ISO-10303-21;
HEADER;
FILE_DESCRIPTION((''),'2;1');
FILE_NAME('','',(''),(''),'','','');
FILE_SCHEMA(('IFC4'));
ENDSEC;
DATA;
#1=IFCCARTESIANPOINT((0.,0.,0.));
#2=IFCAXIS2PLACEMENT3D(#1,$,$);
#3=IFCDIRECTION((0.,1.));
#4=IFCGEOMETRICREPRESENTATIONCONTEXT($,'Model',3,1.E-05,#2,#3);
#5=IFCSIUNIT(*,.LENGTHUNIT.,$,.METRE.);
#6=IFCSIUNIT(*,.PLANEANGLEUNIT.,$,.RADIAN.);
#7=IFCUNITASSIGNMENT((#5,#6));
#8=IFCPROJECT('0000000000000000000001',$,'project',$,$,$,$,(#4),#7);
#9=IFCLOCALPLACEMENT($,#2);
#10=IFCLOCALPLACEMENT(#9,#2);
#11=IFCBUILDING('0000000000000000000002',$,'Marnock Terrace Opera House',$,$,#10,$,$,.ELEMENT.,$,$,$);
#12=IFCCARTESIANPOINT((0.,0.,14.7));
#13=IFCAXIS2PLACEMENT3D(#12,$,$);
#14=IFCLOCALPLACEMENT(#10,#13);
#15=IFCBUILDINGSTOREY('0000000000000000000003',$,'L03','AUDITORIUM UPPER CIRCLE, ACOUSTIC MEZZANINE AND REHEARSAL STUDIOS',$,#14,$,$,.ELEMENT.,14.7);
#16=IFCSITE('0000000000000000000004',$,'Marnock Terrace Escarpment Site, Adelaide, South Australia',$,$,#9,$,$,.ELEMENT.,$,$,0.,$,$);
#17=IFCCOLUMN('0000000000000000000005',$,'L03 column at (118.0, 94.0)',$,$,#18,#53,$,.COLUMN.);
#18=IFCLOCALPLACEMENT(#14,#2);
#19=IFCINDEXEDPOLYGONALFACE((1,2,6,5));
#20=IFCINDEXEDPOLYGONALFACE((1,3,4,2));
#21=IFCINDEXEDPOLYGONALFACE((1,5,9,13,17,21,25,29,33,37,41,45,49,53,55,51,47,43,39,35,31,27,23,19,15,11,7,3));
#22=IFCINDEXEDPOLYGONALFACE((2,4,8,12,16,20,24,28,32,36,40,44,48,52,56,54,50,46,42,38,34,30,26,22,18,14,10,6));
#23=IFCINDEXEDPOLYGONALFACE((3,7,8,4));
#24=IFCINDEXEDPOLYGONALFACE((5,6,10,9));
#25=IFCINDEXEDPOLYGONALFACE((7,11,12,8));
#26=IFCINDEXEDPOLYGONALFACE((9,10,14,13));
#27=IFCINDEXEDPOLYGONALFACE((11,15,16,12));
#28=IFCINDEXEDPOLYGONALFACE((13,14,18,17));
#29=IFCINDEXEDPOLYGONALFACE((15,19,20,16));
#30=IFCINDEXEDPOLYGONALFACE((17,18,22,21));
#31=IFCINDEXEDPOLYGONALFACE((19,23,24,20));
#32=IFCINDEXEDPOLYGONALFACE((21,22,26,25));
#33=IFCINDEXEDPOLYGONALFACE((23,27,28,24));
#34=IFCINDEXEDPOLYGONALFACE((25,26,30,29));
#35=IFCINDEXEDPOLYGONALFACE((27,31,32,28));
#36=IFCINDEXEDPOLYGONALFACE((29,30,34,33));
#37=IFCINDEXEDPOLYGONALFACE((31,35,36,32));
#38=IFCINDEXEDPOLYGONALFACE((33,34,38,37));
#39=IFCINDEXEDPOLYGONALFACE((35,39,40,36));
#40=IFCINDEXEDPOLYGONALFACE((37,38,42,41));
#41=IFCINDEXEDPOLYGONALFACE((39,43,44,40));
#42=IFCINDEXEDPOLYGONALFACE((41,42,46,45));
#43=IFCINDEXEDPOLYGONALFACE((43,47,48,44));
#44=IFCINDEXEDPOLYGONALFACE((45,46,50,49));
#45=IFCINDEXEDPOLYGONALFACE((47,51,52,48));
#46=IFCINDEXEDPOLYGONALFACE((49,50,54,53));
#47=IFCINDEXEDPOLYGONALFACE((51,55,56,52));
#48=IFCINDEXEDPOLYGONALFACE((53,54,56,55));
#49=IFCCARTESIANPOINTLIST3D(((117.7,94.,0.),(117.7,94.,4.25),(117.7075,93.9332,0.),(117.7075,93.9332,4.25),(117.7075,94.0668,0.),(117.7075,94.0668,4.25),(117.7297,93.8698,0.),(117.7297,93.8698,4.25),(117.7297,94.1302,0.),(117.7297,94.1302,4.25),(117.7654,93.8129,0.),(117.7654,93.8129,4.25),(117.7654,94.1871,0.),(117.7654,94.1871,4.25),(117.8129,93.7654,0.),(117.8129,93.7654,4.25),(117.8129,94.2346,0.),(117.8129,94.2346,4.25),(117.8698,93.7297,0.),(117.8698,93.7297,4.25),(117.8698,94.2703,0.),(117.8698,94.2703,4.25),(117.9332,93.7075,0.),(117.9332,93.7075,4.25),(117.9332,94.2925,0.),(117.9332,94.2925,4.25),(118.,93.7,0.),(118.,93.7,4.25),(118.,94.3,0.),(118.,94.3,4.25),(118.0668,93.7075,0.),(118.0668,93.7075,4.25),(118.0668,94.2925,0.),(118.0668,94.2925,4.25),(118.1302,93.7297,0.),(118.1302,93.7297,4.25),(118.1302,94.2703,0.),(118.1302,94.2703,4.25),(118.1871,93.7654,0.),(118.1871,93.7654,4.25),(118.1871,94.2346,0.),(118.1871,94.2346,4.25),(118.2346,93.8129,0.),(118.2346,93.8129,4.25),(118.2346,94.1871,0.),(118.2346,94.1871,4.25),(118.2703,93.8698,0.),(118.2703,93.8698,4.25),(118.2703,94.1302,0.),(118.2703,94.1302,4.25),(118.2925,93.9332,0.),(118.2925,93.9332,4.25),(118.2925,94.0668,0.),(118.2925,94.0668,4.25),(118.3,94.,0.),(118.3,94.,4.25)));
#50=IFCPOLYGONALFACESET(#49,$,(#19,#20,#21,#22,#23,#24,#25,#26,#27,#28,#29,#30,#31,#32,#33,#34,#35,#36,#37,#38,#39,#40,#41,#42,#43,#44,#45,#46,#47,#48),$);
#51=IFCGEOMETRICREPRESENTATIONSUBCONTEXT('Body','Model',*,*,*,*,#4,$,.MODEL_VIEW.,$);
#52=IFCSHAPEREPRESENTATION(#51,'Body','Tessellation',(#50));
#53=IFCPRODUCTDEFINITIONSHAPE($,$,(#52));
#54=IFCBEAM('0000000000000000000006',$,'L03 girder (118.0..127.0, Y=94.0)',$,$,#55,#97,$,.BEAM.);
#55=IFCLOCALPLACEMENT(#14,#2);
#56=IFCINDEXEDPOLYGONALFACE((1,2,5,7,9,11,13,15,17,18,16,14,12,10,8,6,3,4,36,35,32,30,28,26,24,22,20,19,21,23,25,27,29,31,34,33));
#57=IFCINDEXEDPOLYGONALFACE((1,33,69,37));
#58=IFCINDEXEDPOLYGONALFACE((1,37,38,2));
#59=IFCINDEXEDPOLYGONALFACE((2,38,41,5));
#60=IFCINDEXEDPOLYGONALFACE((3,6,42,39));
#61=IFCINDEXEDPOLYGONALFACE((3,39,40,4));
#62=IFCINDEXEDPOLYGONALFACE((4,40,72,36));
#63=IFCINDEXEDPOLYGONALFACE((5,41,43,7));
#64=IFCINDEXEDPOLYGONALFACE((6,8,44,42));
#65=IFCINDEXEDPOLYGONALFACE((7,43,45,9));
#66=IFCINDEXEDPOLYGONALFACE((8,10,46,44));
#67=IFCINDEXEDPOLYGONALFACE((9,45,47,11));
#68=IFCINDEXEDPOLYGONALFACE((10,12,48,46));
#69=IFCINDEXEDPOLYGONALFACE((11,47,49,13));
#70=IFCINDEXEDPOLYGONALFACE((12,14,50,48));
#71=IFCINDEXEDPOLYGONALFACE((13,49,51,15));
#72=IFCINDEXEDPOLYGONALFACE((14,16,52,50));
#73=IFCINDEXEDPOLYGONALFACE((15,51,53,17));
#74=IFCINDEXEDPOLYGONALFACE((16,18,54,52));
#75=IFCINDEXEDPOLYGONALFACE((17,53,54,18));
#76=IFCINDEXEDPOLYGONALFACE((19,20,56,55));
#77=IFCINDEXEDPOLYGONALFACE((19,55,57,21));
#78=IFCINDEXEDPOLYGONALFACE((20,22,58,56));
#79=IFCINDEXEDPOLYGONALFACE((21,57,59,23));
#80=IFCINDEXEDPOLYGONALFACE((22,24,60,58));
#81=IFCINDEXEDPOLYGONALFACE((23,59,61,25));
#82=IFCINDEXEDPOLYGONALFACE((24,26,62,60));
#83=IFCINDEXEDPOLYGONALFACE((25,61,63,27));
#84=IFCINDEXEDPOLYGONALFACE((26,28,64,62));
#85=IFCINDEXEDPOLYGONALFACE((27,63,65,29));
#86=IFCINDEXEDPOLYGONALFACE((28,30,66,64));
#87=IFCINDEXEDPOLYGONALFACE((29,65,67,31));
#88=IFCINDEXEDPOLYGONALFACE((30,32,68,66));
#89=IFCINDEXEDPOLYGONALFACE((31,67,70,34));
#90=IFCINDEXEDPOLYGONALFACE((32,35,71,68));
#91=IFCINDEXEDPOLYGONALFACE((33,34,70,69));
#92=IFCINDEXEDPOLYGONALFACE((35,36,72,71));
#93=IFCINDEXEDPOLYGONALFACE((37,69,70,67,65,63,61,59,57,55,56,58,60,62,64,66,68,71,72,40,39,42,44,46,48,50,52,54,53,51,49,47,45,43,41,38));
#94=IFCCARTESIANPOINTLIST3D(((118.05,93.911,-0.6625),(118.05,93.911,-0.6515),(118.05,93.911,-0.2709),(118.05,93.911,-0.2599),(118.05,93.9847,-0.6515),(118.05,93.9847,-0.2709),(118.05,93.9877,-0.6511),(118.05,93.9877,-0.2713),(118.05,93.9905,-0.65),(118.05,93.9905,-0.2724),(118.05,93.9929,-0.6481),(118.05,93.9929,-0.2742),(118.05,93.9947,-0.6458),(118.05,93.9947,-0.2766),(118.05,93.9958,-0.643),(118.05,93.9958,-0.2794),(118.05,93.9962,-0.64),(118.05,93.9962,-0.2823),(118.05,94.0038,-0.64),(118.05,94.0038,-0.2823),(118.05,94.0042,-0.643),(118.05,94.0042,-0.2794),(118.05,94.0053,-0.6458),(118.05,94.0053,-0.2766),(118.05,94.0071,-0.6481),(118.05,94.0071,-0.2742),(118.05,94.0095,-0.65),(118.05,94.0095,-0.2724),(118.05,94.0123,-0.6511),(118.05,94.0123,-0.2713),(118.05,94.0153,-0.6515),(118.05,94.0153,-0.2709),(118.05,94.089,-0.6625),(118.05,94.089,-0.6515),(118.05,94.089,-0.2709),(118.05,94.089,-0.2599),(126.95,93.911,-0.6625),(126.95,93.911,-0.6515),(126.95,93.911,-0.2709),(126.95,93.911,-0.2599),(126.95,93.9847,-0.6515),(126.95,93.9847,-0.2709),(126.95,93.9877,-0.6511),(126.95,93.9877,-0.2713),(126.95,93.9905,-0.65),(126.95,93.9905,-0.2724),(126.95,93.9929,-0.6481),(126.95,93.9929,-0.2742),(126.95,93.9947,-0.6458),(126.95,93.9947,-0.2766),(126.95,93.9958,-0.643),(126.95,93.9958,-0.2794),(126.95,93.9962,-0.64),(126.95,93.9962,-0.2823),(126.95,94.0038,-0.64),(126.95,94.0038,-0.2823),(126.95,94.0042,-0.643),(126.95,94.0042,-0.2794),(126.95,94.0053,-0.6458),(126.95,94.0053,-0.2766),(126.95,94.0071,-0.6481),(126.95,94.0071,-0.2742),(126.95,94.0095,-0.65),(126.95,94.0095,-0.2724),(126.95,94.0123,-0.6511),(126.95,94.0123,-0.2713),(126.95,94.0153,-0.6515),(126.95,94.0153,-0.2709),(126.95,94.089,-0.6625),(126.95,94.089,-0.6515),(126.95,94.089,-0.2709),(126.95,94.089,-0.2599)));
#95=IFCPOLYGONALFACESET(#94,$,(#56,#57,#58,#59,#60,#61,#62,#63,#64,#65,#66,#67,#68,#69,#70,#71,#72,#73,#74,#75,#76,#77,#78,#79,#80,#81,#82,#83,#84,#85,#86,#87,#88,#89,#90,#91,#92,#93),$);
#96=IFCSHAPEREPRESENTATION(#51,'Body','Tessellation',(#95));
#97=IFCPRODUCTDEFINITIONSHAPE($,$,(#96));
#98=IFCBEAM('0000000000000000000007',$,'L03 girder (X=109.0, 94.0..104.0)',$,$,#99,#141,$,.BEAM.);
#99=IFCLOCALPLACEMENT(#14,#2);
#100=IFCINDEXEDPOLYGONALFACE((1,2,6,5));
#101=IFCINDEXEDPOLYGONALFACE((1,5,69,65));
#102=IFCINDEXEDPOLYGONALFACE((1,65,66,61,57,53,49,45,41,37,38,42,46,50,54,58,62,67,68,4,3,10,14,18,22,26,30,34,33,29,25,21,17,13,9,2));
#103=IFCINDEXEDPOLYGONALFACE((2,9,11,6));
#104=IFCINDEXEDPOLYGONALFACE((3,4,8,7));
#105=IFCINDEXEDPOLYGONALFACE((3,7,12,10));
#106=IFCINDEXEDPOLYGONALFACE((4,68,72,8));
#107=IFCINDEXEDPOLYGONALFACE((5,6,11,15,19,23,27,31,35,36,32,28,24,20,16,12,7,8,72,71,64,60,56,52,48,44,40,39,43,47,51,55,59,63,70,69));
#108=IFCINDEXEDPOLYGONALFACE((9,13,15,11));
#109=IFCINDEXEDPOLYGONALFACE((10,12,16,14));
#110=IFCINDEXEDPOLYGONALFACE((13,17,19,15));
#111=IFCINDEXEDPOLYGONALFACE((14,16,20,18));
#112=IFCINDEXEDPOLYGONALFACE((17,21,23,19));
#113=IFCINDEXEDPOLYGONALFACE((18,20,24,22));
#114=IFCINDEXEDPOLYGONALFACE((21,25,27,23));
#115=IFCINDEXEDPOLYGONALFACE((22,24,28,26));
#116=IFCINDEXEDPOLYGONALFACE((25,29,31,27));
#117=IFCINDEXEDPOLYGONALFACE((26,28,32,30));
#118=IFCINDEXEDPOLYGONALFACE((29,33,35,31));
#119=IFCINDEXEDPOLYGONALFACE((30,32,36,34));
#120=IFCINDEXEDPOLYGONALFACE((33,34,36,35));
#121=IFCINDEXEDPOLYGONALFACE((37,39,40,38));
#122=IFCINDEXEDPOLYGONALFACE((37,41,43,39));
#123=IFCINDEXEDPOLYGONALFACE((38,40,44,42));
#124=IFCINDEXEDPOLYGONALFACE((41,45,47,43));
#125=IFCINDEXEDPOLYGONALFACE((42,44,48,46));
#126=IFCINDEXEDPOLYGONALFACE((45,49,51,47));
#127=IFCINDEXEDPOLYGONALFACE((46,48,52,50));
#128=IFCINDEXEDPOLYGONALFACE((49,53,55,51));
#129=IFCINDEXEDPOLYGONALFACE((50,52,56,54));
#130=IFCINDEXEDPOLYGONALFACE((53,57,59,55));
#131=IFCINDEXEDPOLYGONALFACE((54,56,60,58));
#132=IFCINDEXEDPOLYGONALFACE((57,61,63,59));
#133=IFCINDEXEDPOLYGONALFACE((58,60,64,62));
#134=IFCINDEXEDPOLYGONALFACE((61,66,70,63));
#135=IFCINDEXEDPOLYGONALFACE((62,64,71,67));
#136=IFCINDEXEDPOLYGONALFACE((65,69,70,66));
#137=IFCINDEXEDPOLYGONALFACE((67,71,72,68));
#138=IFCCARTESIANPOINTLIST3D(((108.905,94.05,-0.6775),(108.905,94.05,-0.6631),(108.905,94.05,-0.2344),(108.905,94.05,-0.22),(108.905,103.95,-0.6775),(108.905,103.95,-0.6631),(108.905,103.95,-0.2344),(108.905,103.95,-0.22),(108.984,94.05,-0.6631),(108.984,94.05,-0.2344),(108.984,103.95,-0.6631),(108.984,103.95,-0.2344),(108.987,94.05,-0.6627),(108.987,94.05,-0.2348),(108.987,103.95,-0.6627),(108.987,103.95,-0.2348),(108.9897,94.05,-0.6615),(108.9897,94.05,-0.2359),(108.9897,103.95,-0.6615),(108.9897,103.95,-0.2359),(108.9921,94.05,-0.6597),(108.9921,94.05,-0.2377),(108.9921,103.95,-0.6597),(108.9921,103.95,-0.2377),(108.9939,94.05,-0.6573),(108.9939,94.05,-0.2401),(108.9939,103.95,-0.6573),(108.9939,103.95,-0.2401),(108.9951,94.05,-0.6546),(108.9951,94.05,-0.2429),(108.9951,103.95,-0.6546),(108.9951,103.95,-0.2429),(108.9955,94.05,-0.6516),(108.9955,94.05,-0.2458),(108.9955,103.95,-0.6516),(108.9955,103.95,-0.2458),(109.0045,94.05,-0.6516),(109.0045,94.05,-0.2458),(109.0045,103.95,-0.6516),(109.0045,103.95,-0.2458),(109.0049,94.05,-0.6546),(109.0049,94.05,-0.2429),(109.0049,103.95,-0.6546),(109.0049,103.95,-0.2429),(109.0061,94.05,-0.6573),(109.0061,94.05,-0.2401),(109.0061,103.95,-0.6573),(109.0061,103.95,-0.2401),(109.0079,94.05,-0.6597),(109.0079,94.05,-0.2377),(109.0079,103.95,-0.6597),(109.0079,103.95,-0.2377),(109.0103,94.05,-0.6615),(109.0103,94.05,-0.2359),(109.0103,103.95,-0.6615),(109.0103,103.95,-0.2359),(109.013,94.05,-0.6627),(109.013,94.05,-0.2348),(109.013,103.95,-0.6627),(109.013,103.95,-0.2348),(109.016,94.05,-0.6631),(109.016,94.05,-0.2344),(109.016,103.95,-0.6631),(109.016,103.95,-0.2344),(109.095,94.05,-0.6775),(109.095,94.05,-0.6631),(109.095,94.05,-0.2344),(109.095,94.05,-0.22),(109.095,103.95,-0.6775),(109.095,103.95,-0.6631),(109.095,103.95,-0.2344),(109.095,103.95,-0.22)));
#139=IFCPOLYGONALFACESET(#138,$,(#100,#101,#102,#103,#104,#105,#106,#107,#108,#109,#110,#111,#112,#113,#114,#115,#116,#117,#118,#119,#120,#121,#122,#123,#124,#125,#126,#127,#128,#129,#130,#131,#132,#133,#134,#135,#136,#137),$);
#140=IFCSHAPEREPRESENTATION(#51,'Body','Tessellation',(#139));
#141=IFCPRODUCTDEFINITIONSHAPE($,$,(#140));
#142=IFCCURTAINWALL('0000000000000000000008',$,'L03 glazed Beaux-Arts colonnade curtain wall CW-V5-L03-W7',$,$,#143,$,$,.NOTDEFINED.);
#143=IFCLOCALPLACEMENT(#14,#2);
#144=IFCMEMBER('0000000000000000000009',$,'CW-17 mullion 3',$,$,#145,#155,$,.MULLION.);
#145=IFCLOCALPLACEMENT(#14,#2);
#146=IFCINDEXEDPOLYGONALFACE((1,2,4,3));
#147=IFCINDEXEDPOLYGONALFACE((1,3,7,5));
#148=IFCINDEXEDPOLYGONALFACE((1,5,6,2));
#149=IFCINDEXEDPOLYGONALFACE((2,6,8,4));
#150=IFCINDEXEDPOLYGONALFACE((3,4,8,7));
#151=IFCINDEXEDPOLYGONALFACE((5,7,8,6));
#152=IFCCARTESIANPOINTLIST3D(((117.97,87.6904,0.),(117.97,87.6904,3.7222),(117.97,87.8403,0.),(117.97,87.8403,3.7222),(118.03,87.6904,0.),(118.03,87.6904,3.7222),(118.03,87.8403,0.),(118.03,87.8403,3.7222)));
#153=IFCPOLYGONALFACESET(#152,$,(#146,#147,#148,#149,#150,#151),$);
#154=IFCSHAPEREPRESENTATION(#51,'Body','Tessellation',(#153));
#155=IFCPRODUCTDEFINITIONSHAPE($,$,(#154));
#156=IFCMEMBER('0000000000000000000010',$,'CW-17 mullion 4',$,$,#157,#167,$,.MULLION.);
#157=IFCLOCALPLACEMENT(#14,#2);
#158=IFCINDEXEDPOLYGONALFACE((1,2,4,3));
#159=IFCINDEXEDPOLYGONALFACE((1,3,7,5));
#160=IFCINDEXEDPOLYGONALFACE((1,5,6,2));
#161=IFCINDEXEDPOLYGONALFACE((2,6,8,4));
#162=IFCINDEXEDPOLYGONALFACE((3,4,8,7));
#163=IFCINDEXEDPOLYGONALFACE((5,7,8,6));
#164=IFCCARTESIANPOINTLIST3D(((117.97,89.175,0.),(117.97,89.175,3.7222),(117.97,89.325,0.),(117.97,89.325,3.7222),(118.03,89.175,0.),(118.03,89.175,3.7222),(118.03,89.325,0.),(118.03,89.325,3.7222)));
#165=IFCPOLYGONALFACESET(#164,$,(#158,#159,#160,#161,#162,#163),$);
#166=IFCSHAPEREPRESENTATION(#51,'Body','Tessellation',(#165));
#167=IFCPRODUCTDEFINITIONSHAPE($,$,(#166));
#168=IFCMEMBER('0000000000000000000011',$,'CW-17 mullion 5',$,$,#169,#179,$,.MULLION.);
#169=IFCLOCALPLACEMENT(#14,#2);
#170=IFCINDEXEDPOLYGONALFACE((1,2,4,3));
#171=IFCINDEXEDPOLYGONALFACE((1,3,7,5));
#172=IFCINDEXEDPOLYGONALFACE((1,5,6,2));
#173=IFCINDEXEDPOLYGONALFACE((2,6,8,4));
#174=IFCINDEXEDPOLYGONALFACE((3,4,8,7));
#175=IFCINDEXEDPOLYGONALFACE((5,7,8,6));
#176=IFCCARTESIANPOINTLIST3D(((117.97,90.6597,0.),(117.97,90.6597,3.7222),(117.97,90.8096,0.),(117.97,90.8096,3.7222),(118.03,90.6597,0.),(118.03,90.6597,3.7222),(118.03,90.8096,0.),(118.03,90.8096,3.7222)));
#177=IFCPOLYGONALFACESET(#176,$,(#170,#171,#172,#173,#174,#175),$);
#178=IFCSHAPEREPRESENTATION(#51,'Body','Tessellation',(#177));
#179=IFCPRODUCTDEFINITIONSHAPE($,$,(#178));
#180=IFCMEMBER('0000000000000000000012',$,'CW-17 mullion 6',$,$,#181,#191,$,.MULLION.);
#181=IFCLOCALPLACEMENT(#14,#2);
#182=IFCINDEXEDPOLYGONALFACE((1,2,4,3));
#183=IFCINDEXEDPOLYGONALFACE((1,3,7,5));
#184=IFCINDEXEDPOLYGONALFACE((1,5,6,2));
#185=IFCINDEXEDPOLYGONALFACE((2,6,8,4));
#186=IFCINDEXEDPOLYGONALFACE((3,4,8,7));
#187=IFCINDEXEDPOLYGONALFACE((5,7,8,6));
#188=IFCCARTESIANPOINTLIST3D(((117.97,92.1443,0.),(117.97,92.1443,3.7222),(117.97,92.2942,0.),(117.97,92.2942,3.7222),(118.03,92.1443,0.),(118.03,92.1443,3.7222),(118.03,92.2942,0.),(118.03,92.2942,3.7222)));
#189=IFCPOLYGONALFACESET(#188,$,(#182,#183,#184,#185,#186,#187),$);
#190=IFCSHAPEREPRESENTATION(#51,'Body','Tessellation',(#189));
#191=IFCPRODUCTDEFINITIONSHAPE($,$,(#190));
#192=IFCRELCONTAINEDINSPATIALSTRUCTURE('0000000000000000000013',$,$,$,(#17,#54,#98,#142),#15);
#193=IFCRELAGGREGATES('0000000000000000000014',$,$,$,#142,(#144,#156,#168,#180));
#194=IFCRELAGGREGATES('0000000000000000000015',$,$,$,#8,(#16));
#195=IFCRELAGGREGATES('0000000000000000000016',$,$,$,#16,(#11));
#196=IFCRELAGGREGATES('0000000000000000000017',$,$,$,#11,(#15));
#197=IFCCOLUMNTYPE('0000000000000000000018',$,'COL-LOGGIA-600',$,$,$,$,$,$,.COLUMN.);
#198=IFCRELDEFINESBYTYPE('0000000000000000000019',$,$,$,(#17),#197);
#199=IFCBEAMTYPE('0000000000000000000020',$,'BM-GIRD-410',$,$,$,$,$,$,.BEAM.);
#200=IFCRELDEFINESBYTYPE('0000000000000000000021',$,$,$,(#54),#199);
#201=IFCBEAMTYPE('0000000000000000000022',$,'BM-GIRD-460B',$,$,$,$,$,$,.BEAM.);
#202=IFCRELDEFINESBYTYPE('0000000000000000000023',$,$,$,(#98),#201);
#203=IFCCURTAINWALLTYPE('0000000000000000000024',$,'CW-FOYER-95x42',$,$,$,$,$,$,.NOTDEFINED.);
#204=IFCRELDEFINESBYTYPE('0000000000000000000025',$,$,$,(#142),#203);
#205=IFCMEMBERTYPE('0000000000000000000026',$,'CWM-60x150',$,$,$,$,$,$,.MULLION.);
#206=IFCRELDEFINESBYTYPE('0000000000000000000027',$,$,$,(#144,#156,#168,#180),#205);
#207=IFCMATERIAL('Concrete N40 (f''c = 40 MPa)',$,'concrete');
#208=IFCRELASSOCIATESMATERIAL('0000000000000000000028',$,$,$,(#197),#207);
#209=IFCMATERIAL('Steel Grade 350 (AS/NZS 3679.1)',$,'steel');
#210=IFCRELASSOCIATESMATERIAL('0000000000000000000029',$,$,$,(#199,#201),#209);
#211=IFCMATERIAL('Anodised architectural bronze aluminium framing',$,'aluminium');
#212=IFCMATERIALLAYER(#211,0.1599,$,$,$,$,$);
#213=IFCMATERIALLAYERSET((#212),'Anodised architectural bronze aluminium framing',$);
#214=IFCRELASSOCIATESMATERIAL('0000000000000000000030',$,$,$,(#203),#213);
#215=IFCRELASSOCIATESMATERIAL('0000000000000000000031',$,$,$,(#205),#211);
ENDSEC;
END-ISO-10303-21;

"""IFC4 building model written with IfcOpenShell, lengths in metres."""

from ifc_helpers import new_model, si_unit, direction, frame, origin, origin_2d, place, context, subcontext, project, spatial, rectangle, circle, i_section, extrude, material, layer, layer_set, material_profile, profile_set, type_object, element, aggregate, save


model = new_model("IFC4")

# Units and contexts
model_context = context("Model", 3, precision=1e-05, world=origin(), true_north=direction((0.0, 1.0)))
body_context = subcontext(model_context, "Body", "Model", "MODEL_VIEW")
ifc_project = project(units=[si_unit("LENGTHUNIT", "METRE"), si_unit("PLANEANGLEUNIT", "RADIAN")], contexts=[model_context])

# Site, building, storey
site_placement = place(None, origin())
site = spatial("IfcSite", under=ifc_project, at=site_placement, Name="Marnock Terrace Escarpment Site, Adelaide, South Australia", CompositionType="ELEMENT", RefElevation=0.0)
building_placement = place(site_placement, origin())
building = spatial("IfcBuilding", under=site, at=building_placement, Name="Marnock Terrace Opera House", CompositionType="ELEMENT")
storey_placement = place(building_placement, frame((0.0, 0.0, 14.7)))
storey = spatial("IfcBuildingStorey", under=building, at=storey_placement, Name="L03", Description="AUDITORIUM UPPER CIRCLE, ACOUSTIC MEZZANINE AND REHEARSAL STUDIOS", CompositionType="ELEMENT", Elevation=14.7)

# Column
ifc_material_1 = material(Name="Concrete N40 (f'c = 40 MPa)", Category="concrete")
ifc_material_profile_1 = material_profile(ifc_material_1, circle(Radius=0.3, at=origin_2d()))
ifc_profile_set_1 = profile_set([ifc_material_profile_1], Name="Concrete N40 (f'c = 40 MPa)")
column_type = type_object("IfcColumnType", Name="COL-LOGGIA-600", PredefinedType="COLUMN", material=ifc_profile_set_1)
column_placement = place(storey_placement, frame((118.0, 94.0, 0.0), z_axis=(0.0, 0.0, 1.0), x_axis=(1.0, 0.0, 0.0)))
element("IfcColumn", 1, at=column_placement, inside=storey, type_object=column_type, Name="L03 column at (118.0, 94.0)", PredefinedType="COLUMN", context=body_context, shape_type="SweptSolid", body=[
    extrude(circle(Radius=0.3, at=origin_2d()), origin(), (0.0, 0.0, 1.0), 4.25),
])

# Beams
ifc_material_2 = material(Name="Steel Grade 350 (AS/NZS 3679.1)", Category="steel")
ifc_material_profile_2 = material_profile(ifc_material_2, i_section(OverallWidth=0.178, OverallDepth=0.4026, WebThickness=0.0076, FlangeThickness=0.011, FilletRadius=0.0115, at=origin_2d()))
ifc_profile_set_2 = profile_set([ifc_material_profile_2], Name="Steel Grade 350 (AS/NZS 3679.1)")
beam_type_1 = type_object("IfcBeamType", Name="BM-GIRD-410", PredefinedType="BEAM", material=ifc_profile_set_2)
beam_1_placement = place(storey_placement, frame((118.05, 94.0, -0.4612), z_axis=(1.0, 0.0, 0.0), x_axis=(0.0, 1.0, 0.0)))
element("IfcBeam", 2, at=beam_1_placement, inside=storey, type_object=beam_type_1, Name="L03 girder (118.0..127.0, Y=94.0)", PredefinedType="BEAM", context=body_context, shape_type="SweptSolid", body=[
    extrude(i_section(OverallWidth=0.178, OverallDepth=0.4026, WebThickness=0.0076, FlangeThickness=0.011, FilletRadius=0.0115, at=origin_2d()), origin(), (0.0, 0.0, 1.0), 8.8999),
])
ifc_material_profile_3 = material_profile(ifc_material_2, i_section(OverallWidth=0.1899, OverallDepth=0.4575, WebThickness=0.009, FlangeThickness=0.0144, FilletRadius=0.0115, at=origin_2d()))
ifc_profile_set_3 = profile_set([ifc_material_profile_3], Name="Steel Grade 350 (AS/NZS 3679.1)")
beam_type_2 = type_object("IfcBeamType", Name="BM-GIRD-460B", PredefinedType="BEAM", material=ifc_profile_set_3)
beam_2_placement = place(storey_placement, frame((109.0, 94.05, -0.4487), z_axis=(0.0, 1.0, 0.0), x_axis=(-1.0, 0.0, 0.0)))
element("IfcBeam", 3, at=beam_2_placement, inside=storey, type_object=beam_type_2, Name="L03 girder (X=109.0, 94.0..104.0)", PredefinedType="BEAM", context=body_context, shape_type="SweptSolid", body=[
    extrude(i_section(OverallWidth=0.1899, OverallDepth=0.4575, WebThickness=0.009, FlangeThickness=0.0144, FilletRadius=0.0115, at=origin_2d()), origin(), (0.0, 0.0, 1.0), 9.8999),
])

# Curtain wall, members
ifc_material_3 = material(Name="Anodised architectural bronze aluminium framing", Category="aluminium")
ifc_layer_1 = layer(ifc_material_3, 0.1599)
ifc_layer_set_1 = layer_set([ifc_layer_1], Name="Anodised architectural bronze aluminium framing")
curtain_wall_type = type_object("IfcCurtainWallType", Name="CW-FOYER-95x42", PredefinedType="NOTDEFINED", material=ifc_layer_set_1)
curtain_wall_placement = place(storey_placement, origin())
curtain_wall = element("IfcCurtainWall", 4, at=curtain_wall_placement, inside=storey, type_object=curtain_wall_type, Name="L03 glazed Beaux-Arts colonnade curtain wall CW-V5-L03-W7", PredefinedType="NOTDEFINED")
ifc_material_profile_4 = material_profile(ifc_material_3, rectangle(XDim=0.0601, YDim=0.1499, at=origin_2d()))
ifc_profile_set_4 = profile_set([ifc_material_profile_4], Name="Anodised architectural bronze aluminium framing")
member_type_1 = type_object("IfcMemberType", Name="CWM-60x150", PredefinedType="MULLION", material=ifc_profile_set_4)
member_1_placement = place(storey_placement, frame((118.0, 87.7654, 0.0), z_axis=(0.0, 0.0, 1.0), x_axis=(-1.0, 0.0, 0.0)))
member_1 = element("IfcMember", 5, at=member_1_placement, type_object=member_type_1, Name="CW-17 mullion 3", PredefinedType="MULLION", context=body_context, shape_type="SweptSolid", body=[
    extrude(rectangle(XDim=0.0601, YDim=0.1499, at=origin_2d()), origin(), (0.0, 0.0, 1.0), 3.7222),
])
member_2_placement = place(storey_placement, frame((118.0, 89.25, 0.0), z_axis=(0.0, 0.0, 1.0), x_axis=(-1.0, 0.0, 0.0)))
member_2 = element("IfcMember", 6, at=member_2_placement, type_object=member_type_1, Name="CW-17 mullion 4", PredefinedType="MULLION", context=body_context, shape_type="SweptSolid", body=[
    extrude(rectangle(XDim=0.0601, YDim=0.1499, at=origin_2d()), origin(), (0.0, 0.0, 1.0), 3.7222),
])
member_3_placement = place(storey_placement, frame((118.0, 90.7346, 0.0), z_axis=(0.0, 0.0, 1.0), x_axis=(-1.0, 0.0, 0.0)))
member_3 = element("IfcMember", 7, at=member_3_placement, type_object=member_type_1, Name="CW-17 mullion 5", PredefinedType="MULLION", context=body_context, shape_type="SweptSolid", body=[
    extrude(rectangle(XDim=0.0601, YDim=0.1499, at=origin_2d()), origin(), (0.0, 0.0, 1.0), 3.7222),
])
member_4_placement = place(storey_placement, frame((118.0, 92.2192, 0.0), z_axis=(0.0, 0.0, 1.0), x_axis=(-1.0, 0.0, 0.0)))
member_4 = element("IfcMember", 8, at=member_4_placement, type_object=member_type_1, Name="CW-17 mullion 6", PredefinedType="MULLION", context=body_context, shape_type="SweptSolid", body=[
    extrude(rectangle(XDim=0.0601, YDim=0.1499, at=origin_2d()), origin(), (0.0, 0.0, 1.0), 3.7222),
])
aggregate(curtain_wall, [member_1, member_2, member_3, member_4])

save(model, "model.ifc")
